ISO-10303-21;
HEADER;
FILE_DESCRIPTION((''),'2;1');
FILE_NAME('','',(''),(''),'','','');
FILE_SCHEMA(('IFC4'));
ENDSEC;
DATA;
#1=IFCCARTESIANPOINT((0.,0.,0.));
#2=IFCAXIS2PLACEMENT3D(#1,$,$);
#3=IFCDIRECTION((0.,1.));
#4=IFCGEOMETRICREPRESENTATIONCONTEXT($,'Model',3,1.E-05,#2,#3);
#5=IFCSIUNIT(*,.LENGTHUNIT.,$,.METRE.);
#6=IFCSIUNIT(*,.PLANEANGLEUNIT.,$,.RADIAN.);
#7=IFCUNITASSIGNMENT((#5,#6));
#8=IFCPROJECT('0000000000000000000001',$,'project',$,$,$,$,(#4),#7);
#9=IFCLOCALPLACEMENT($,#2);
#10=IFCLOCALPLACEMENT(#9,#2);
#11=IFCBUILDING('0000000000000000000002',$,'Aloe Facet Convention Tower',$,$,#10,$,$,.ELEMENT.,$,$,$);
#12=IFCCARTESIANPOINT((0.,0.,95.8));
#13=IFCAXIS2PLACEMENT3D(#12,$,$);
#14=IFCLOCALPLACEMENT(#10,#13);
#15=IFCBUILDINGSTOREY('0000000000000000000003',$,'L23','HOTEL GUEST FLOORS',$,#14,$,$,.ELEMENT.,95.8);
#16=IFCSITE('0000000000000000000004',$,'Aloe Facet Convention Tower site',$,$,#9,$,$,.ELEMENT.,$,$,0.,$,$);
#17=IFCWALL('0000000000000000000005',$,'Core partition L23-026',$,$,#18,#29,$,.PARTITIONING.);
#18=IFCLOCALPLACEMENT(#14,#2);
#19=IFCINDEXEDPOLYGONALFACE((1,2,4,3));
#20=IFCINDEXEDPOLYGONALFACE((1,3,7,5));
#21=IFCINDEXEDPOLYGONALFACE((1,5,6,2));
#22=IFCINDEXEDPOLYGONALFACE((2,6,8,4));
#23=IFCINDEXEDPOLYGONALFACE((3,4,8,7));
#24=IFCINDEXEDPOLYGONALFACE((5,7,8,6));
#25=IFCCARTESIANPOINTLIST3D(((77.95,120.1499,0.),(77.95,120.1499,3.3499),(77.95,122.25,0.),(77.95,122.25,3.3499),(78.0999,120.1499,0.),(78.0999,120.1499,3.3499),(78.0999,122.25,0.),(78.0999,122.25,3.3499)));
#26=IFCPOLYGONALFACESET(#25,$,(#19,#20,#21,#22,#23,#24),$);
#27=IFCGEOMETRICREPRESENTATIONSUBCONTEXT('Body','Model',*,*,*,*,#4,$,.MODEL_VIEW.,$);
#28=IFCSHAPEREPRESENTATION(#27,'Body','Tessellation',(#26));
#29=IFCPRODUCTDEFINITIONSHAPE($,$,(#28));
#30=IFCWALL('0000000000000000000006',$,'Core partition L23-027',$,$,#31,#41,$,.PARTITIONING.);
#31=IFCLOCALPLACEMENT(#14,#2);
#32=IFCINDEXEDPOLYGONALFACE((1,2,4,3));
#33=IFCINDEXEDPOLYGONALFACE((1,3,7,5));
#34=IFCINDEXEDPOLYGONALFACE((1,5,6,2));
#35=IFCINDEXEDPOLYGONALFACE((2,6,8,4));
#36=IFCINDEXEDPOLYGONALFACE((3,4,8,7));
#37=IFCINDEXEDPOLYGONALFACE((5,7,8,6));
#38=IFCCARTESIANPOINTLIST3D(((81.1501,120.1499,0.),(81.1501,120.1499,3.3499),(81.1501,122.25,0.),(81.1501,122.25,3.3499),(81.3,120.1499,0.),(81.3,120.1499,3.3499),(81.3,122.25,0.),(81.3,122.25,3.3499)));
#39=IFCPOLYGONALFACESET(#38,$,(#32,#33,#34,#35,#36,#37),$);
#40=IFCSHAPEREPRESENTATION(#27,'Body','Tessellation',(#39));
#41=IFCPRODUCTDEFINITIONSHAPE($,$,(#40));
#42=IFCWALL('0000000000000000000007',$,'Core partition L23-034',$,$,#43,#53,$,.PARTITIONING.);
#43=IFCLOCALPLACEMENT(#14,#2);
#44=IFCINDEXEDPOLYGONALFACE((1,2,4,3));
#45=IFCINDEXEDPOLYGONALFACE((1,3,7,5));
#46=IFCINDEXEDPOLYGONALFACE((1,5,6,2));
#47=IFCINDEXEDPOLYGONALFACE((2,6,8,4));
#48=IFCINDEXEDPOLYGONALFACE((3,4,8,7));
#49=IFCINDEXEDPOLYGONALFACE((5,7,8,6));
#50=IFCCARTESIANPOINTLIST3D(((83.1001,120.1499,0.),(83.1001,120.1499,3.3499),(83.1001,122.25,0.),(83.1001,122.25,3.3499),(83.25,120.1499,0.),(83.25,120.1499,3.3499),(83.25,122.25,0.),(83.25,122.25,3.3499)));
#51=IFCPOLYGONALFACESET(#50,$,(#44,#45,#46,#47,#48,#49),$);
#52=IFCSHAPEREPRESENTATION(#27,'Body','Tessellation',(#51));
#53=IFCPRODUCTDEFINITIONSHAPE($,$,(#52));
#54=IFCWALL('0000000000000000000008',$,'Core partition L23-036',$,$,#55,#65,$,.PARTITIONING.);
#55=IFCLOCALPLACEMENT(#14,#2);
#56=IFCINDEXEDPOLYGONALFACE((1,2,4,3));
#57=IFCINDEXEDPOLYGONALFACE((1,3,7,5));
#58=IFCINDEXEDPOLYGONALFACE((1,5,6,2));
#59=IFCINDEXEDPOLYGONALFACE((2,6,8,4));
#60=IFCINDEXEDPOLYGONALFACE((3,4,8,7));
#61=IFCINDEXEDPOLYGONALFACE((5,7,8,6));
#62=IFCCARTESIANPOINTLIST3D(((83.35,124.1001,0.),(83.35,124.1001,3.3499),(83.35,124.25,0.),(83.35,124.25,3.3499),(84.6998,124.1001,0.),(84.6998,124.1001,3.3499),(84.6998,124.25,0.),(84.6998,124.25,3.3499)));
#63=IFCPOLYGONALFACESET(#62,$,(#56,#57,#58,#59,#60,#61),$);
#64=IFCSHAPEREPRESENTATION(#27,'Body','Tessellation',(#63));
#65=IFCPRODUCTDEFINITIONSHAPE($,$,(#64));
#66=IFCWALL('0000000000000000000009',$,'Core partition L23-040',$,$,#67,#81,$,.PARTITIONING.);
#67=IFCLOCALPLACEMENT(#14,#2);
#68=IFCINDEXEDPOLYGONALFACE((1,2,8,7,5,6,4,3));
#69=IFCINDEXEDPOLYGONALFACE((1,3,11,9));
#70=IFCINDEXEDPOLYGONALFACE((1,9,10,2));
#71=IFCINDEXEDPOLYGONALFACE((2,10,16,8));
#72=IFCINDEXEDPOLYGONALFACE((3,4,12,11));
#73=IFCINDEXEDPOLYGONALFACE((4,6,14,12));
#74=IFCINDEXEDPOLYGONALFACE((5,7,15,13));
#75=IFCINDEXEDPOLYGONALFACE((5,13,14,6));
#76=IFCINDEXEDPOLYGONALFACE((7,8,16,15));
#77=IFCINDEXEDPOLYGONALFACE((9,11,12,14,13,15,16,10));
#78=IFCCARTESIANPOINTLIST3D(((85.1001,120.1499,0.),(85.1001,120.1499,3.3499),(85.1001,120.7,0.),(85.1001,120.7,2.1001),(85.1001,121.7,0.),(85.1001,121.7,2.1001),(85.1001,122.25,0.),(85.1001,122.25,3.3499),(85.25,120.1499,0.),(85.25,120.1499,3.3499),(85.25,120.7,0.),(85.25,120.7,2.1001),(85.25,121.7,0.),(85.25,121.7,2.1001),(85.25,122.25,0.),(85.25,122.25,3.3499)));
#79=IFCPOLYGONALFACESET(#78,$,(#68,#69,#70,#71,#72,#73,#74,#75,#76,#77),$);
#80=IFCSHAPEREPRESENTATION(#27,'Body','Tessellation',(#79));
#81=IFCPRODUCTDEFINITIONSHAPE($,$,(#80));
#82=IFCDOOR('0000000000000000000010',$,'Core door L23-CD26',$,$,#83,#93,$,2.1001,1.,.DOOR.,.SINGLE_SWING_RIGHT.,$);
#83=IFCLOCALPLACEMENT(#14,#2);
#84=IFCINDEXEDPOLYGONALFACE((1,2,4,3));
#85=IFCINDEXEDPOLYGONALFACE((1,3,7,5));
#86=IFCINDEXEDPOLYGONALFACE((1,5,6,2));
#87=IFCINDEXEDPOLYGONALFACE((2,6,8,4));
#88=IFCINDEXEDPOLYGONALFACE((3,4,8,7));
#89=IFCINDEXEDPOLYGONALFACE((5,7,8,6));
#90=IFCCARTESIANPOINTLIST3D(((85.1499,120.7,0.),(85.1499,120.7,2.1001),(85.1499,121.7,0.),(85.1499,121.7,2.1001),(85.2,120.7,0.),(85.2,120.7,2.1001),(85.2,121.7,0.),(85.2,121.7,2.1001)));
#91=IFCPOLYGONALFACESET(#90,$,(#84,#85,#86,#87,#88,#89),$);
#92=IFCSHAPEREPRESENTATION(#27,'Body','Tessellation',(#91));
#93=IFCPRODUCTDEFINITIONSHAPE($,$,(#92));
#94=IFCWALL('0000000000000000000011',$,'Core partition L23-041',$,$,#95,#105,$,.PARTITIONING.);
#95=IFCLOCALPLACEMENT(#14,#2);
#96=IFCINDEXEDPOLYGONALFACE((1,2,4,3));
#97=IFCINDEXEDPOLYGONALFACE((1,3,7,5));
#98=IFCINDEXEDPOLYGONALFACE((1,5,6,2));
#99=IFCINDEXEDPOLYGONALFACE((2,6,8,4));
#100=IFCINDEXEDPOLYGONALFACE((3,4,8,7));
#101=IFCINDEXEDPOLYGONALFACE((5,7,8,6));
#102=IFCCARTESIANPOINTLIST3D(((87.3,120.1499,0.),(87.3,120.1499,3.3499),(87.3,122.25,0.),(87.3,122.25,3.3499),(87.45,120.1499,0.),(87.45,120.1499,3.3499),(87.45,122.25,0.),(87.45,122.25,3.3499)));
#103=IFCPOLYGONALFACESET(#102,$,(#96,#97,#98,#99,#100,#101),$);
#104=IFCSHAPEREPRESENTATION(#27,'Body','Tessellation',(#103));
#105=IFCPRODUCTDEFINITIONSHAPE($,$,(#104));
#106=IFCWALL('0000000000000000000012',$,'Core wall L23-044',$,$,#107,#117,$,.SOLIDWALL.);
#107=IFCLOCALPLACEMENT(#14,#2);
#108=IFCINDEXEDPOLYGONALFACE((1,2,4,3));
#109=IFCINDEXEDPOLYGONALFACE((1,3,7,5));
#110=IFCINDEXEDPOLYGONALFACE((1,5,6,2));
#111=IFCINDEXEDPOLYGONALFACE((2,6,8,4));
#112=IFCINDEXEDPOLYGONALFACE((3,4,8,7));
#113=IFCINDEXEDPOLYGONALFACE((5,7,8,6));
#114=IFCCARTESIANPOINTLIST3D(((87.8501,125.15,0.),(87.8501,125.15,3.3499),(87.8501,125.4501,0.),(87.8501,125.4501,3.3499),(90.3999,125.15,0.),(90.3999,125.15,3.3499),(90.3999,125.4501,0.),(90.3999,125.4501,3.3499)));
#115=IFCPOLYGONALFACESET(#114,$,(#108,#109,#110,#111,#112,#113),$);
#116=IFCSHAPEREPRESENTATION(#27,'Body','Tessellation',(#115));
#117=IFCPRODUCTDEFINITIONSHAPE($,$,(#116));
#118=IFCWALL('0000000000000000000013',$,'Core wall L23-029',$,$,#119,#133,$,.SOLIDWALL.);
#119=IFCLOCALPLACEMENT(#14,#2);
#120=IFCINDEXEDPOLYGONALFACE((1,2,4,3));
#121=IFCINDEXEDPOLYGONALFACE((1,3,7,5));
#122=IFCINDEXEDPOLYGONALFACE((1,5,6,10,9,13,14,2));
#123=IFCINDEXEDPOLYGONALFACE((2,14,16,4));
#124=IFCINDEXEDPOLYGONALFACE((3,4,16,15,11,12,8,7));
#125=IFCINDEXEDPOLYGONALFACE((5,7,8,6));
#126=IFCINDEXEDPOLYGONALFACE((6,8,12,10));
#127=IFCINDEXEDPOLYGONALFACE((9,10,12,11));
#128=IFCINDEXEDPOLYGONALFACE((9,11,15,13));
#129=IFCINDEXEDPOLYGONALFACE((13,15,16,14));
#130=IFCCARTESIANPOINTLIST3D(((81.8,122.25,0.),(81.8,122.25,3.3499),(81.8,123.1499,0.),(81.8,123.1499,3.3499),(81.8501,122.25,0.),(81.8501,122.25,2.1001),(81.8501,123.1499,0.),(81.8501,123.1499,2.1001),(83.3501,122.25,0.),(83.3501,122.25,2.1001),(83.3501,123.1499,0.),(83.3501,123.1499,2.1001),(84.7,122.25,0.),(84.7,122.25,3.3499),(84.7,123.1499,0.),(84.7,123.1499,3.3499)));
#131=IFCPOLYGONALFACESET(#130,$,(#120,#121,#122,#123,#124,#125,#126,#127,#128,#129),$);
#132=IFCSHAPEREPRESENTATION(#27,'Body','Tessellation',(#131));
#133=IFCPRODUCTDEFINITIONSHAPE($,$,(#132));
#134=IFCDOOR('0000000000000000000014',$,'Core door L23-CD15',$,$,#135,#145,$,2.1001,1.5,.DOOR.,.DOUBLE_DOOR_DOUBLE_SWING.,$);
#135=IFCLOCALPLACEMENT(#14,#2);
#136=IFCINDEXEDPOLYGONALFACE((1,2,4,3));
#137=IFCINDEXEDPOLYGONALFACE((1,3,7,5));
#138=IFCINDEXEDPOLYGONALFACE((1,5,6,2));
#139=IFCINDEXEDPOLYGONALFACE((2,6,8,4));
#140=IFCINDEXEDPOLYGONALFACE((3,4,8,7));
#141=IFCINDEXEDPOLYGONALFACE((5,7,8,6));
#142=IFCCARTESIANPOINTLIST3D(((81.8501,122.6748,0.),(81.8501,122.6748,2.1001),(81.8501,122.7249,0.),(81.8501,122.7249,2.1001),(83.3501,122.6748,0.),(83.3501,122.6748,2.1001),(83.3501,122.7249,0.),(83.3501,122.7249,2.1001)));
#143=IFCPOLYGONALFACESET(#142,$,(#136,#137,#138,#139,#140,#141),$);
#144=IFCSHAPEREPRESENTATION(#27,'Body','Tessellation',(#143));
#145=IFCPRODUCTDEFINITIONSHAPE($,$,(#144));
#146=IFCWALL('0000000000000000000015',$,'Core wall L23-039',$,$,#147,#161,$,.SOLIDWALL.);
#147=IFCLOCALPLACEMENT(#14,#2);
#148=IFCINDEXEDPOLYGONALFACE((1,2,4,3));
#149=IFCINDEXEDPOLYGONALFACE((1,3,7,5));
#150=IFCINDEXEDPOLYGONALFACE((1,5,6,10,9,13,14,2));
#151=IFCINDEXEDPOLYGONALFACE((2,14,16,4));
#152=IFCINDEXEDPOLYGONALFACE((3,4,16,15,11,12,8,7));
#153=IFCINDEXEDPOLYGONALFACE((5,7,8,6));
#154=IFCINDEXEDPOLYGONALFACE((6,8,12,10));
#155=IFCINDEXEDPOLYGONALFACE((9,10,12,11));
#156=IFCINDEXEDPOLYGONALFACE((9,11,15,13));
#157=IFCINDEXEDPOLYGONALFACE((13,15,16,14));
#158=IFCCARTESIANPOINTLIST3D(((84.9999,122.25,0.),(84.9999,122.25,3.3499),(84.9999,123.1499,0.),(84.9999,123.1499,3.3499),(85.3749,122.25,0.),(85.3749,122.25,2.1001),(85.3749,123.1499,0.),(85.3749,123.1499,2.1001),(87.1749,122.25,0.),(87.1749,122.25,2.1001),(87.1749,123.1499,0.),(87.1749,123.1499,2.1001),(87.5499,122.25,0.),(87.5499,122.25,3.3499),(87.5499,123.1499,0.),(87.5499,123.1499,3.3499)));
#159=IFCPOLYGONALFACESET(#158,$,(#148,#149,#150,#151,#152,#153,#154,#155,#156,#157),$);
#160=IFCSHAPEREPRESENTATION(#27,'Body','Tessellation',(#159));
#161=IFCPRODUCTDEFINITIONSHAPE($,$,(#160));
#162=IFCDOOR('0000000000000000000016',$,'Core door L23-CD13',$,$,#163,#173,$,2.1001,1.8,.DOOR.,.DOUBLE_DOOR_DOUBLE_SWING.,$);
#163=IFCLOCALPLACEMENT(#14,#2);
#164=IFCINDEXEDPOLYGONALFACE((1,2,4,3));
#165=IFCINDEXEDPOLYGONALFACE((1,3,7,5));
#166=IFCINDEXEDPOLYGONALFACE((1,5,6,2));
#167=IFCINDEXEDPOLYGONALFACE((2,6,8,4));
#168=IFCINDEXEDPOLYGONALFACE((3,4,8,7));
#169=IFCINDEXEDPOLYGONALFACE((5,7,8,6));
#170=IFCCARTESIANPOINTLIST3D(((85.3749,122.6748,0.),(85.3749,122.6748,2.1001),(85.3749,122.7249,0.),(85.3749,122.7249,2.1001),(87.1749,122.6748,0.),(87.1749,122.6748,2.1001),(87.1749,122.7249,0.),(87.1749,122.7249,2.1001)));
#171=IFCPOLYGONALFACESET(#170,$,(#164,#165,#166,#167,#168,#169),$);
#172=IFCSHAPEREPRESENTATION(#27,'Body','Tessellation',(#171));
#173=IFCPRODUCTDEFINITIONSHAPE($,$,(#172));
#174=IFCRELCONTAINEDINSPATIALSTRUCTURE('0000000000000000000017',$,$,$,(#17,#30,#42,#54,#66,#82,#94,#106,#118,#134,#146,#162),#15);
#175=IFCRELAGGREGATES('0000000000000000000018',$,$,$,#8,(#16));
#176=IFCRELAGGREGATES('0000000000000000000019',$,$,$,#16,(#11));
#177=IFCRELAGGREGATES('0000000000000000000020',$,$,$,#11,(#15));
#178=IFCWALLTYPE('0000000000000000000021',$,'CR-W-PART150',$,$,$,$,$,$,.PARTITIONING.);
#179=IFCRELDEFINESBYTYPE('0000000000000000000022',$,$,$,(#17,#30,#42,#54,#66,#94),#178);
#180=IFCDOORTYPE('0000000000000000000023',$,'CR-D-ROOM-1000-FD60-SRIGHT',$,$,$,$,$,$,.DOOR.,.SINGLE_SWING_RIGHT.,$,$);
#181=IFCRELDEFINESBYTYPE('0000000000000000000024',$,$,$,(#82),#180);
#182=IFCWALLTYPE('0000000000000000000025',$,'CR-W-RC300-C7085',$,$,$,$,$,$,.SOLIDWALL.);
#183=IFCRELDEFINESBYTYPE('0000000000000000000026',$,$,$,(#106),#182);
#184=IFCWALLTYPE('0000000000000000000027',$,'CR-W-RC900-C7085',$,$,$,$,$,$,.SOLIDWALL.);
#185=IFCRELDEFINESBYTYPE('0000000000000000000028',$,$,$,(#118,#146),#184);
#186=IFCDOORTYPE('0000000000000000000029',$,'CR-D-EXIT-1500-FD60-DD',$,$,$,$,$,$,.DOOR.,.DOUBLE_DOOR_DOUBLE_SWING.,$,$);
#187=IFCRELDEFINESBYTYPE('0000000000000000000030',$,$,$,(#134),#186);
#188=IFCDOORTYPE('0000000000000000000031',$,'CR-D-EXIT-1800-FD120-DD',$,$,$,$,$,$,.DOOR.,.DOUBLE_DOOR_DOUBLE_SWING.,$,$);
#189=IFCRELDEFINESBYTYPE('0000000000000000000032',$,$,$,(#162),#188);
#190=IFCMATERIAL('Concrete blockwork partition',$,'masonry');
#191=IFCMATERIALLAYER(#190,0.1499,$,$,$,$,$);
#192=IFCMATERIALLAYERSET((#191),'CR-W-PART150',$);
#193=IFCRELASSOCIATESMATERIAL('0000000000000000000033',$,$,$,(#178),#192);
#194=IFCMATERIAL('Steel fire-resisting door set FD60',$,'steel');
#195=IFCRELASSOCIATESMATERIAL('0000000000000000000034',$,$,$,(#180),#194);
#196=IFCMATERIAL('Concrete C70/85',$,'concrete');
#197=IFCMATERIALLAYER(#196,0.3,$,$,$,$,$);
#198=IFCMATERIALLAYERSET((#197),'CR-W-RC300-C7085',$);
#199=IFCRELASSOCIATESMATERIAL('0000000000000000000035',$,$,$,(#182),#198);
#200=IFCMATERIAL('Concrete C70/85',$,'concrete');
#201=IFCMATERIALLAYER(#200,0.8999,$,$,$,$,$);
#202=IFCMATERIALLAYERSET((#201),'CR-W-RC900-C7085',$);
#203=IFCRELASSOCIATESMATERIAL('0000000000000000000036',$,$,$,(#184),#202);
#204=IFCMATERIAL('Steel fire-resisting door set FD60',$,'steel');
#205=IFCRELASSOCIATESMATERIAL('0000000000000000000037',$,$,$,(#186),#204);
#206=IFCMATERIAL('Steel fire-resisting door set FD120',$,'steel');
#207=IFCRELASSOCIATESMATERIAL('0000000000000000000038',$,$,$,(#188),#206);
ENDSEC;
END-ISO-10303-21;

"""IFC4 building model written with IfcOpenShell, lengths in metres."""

from ifc_helpers import new_model, si_unit, direction, frame, frame_2d, origin, place, context, subcontext, project, spatial, rectangle, extrude, material, layer, layer_set, type_object, element, fill, save


model = new_model("IFC4")

# Units and contexts
model_context = context("Model", 3, precision=1e-05, world=origin(), true_north=direction((0.0, 1.0)))
body_context = subcontext(model_context, "Body", "Model", "MODEL_VIEW")
ifc_project = project(units=[si_unit("LENGTHUNIT", "METRE"), si_unit("PLANEANGLEUNIT", "RADIAN")], contexts=[model_context])

# Site, building, storey
site_placement = place(None, origin())
site = spatial("IfcSite", under=ifc_project, at=site_placement, Name="Aloe Facet Convention Tower site", CompositionType="ELEMENT", RefElevation=0.0)
building_placement = place(site_placement, origin())
building = spatial("IfcBuilding", under=site, at=building_placement, Name="Aloe Facet Convention Tower", CompositionType="ELEMENT")
storey_placement = place(building_placement, frame((0.0, 0.0, 95.8)))
storey = spatial("IfcBuildingStorey", under=building, at=storey_placement, Name="L23", Description="HOTEL GUEST FLOORS", CompositionType="ELEMENT", Elevation=95.8)

# Walls
ifc_material_1 = material(Name="Concrete blockwork partition", Category="masonry")
ifc_layer_1 = layer(ifc_material_1, 0.1499)
ifc_layer_set_1 = layer_set([ifc_layer_1], Name="CR-W-PART150")
wall_type_1 = type_object("IfcWallType", Name="CR-W-PART150", PredefinedType="PARTITIONING", material=ifc_layer_set_1)
for number, where, z_axis, x_axis, name in (
    (1, (78.0249, 122.25, 0.0), (0.0, 0.0, 1.0), (0.0, -1.0, 0.0), "Core partition L23-026"),
    (2, (81.2251, 122.25, 0.0), (0.0, 0.0, 1.0), (0.0, -1.0, 0.0), "Core partition L23-027"),
    (3, (83.175, 122.25, 0.0), (0.0, 0.0, 1.0), (0.0, -1.0, 0.0), "Core partition L23-034"),
):
    element("IfcWall", number, at=place(storey_placement, frame(where, z_axis=z_axis, x_axis=x_axis)), inside=storey, type_object=wall_type_1, Name=name, PredefinedType="PARTITIONING", context=body_context, shape_type="SweptSolid", body=[
        extrude(rectangle(XDim=2.1001, YDim=0.1499, at=frame_2d((1.05, 0.0))), origin(), (0.0, 0.0, 1.0), 3.3499),
    ])
wall_1_placement = place(storey_placement, frame((83.3501, 124.175, 0.0), z_axis=(0.0, 0.0, 1.0), x_axis=(1.0, 0.0, 0.0)))
element("IfcWall", 4, at=wall_1_placement, inside=storey, type_object=wall_type_1, Name="Core partition L23-036", PredefinedType="PARTITIONING", context=body_context, shape_type="SweptSolid", body=[
    extrude(rectangle(XDim=1.3499, YDim=0.1499, at=frame_2d((0.6748, 0.0))), origin(), (0.0, 0.0, 1.0), 3.3499),
])

# Wall, opening, door
wall_2_placement = place(storey_placement, frame((85.175, 122.25, 0.0), z_axis=(0.0, 0.0, 1.0), x_axis=(0.0, -1.0, 0.0)))
wall_2 = element("IfcWall", 5, at=wall_2_placement, inside=storey, type_object=wall_type_1, Name="Core partition L23-040", PredefinedType="PARTITIONING", context=body_context, shape_type="SweptSolid", body=[
    extrude(rectangle(XDim=2.1001, YDim=0.1499, at=frame_2d((1.05, 0.0))), origin(), (0.0, 0.0, 1.0), 3.3499),
])
opening_1_placement = place(wall_2_placement, frame((0.55, 0.0, 0.0)))
opening_1 = element("IfcOpeningElement", 6, at=opening_1_placement, cuts=wall_2, PredefinedType="OPENING", context=body_context, shape_type="SweptSolid", body=[
    extrude(rectangle(XDim=1.0, YDim=2.1001, at=frame_2d((0.5, 1.05))), frame((0.0, 0.085, 0.0), z_axis=(0.0, -1.0, 0.0), x_axis=(1.0, 0.0, 0.0)), (0.0, 0.0, 1.0), 0.1699),
])
ifc_material_2 = material(Name="Steel fire-resisting door set FD60", Category="steel")
door_type_1 = type_object("IfcDoorType", Name="CR-D-ROOM-1000-FD60-SRIGHT", OperationType="SINGLE_SWING_RIGHT", PredefinedType="DOOR", material=ifc_material_2)
door_1_placement = place(opening_1_placement, origin())
door_1 = element("IfcDoor", 7, at=door_1_placement, inside=storey, type_object=door_type_1, Name="Core door L23-CD26", OperationType="SINGLE_SWING_RIGHT", OverallHeight=2.1001, OverallWidth=1.0, PredefinedType="DOOR", context=body_context, shape_type="SweptSolid", body=[
    extrude(rectangle(XDim=1.0, YDim=2.1001, at=frame_2d((0.5, 1.05))), frame((0.0, 0.0249, 0.0), z_axis=(0.0, -1.0, 0.0), x_axis=(1.0, 0.0, 0.0)), (0.0, 0.0, 1.0), 0.05),
])
fill(opening_1, door_1)

# Walls
wall_3_placement = place(storey_placement, frame((87.375, 122.25, 0.0), z_axis=(0.0, 0.0, 1.0), x_axis=(0.0, -1.0, 0.0)))
element("IfcWall", 8, at=wall_3_placement, inside=storey, type_object=wall_type_1, Name="Core partition L23-041", PredefinedType="PARTITIONING", context=body_context, shape_type="SweptSolid", body=[
    extrude(rectangle(XDim=2.1001, YDim=0.1499, at=frame_2d((1.05, 0.0))), origin(), (0.0, 0.0, 1.0), 3.3499),
])
ifc_material_3 = material(Name="Concrete C70/85", Category="concrete")
ifc_layer_2 = layer(ifc_material_3, 0.3)
ifc_layer_set_2 = layer_set([ifc_layer_2], Name="CR-W-RC300-C7085")
wall_type_2 = type_object("IfcWallType", Name="CR-W-RC300-C7085", PredefinedType="SOLIDWALL", material=ifc_layer_set_2)
wall_4_placement = place(storey_placement, frame((87.8501, 125.3, 0.0), z_axis=(0.0, 0.0, 1.0), x_axis=(1.0, 0.0, 0.0)))
element("IfcWall", 9, at=wall_4_placement, inside=storey, type_object=wall_type_2, Name="Core wall L23-044", PredefinedType="SOLIDWALL", context=body_context, shape_type="SweptSolid", body=[
    extrude(rectangle(XDim=2.5498, YDim=0.3, at=frame_2d((1.2749, 0.0))), origin(), (0.0, 0.0, 1.0), 3.3499),
])

# Walls, openings, doors
ifc_material_4 = material(Name="Concrete C70/85", Category="concrete")
ifc_layer_3 = layer(ifc_material_4, 0.8999)
ifc_layer_set_3 = layer_set([ifc_layer_3], Name="CR-W-RC900-C7085")
wall_type_3 = type_object("IfcWallType", Name="CR-W-RC900-C7085", PredefinedType="SOLIDWALL", material=ifc_layer_set_3)
wall_5_placement = place(storey_placement, frame((81.8, 122.7, 0.0), z_axis=(0.0, 0.0, 1.0), x_axis=(1.0, 0.0, 0.0)))
wall_5 = element("IfcWall", 10, at=wall_5_placement, inside=storey, type_object=wall_type_3, Name="Core wall L23-029", PredefinedType="SOLIDWALL", context=body_context, shape_type="SweptSolid", body=[
    extrude(rectangle(XDim=2.8999, YDim=0.8999, at=frame_2d((1.45, 0.0))), origin(), (0.0, 0.0, 1.0), 3.3499),
])
opening_2_placement = place(wall_5_placement, frame((0.05, 0.0, 0.0)))
opening_2 = element("IfcOpeningElement", 11, at=opening_2_placement, cuts=wall_5, PredefinedType="OPENING", context=body_context, shape_type="SweptSolid", body=[
    extrude(rectangle(XDim=1.5, YDim=2.1001, at=frame_2d((0.75, 1.05))), frame((0.0, 0.46, 0.0), z_axis=(0.0, -1.0, 0.0), x_axis=(1.0, 0.0, 0.0)), (0.0, 0.0, 1.0), 0.9199),
])
ifc_material_5 = material(Name="Steel fire-resisting door set FD60", Category="steel")
door_type_2 = type_object("IfcDoorType", Name="CR-D-EXIT-1500-FD60-DD", OperationType="DOUBLE_DOOR_DOUBLE_SWING", PredefinedType="DOOR", material=ifc_material_5)
door_2_placement = place(opening_2_placement, origin())
door_2 = element("IfcDoor", 12, at=door_2_placement, inside=storey, type_object=door_type_2, Name="Core door L23-CD15", OperationType="DOUBLE_DOOR_DOUBLE_SWING", OverallHeight=2.1001, OverallWidth=1.5, PredefinedType="DOOR", context=body_context, shape_type="SweptSolid", body=[
    extrude(rectangle(XDim=1.5, YDim=2.1001, at=frame_2d((0.75, 1.05))), frame((0.0, 0.0249, 0.0), z_axis=(0.0, -1.0, 0.0), x_axis=(1.0, 0.0, 0.0)), (0.0, 0.0, 1.0), 0.05),
])
fill(opening_2, door_2)
wall_6_placement = place(storey_placement, frame((85.0, 122.7, 0.0), z_axis=(0.0, 0.0, 1.0), x_axis=(1.0, 0.0, 0.0)))
wall_6 = element("IfcWall", 13, at=wall_6_placement, inside=storey, type_object=wall_type_3, Name="Core wall L23-039", PredefinedType="SOLIDWALL", context=body_context, shape_type="SweptSolid", body=[
    extrude(rectangle(XDim=2.55, YDim=0.8999, at=frame_2d((1.2749, 0.0))), origin(), (0.0, 0.0, 1.0), 3.3499),
])
opening_3_placement = place(wall_6_placement, frame((0.375, 0.0, 0.0)))
opening_3 = element("IfcOpeningElement", 14, at=opening_3_placement, cuts=wall_6, PredefinedType="OPENING", context=body_context, shape_type="SweptSolid", body=[
    extrude(rectangle(XDim=1.8, YDim=2.1001, at=frame_2d((0.8999, 1.05))), frame((0.0, 0.46, 0.0), z_axis=(0.0, -1.0, 0.0), x_axis=(1.0, 0.0, 0.0)), (0.0, 0.0, 1.0), 0.9199),
])
ifc_material_6 = material(Name="Steel fire-resisting door set FD120", Category="steel")
door_type_3 = type_object("IfcDoorType", Name="CR-D-EXIT-1800-FD120-DD", OperationType="DOUBLE_DOOR_DOUBLE_SWING", PredefinedType="DOOR", material=ifc_material_6)
door_3_placement = place(opening_3_placement, origin())
door_3 = element("IfcDoor", 15, at=door_3_placement, inside=storey, type_object=door_type_3, Name="Core door L23-CD13", OperationType="DOUBLE_DOOR_DOUBLE_SWING", OverallHeight=2.1001, OverallWidth=1.8, PredefinedType="DOOR", context=body_context, shape_type="SweptSolid", body=[
    extrude(rectangle(XDim=1.8, YDim=2.1001, at=frame_2d((0.8999, 1.05))), frame((0.0, 0.0249, 0.0), z_axis=(0.0, -1.0, 0.0), x_axis=(1.0, 0.0, 0.0)), (0.0, 0.0, 1.0), 0.05),
])
fill(opening_3, door_3)

save(model, "model.ifc")
